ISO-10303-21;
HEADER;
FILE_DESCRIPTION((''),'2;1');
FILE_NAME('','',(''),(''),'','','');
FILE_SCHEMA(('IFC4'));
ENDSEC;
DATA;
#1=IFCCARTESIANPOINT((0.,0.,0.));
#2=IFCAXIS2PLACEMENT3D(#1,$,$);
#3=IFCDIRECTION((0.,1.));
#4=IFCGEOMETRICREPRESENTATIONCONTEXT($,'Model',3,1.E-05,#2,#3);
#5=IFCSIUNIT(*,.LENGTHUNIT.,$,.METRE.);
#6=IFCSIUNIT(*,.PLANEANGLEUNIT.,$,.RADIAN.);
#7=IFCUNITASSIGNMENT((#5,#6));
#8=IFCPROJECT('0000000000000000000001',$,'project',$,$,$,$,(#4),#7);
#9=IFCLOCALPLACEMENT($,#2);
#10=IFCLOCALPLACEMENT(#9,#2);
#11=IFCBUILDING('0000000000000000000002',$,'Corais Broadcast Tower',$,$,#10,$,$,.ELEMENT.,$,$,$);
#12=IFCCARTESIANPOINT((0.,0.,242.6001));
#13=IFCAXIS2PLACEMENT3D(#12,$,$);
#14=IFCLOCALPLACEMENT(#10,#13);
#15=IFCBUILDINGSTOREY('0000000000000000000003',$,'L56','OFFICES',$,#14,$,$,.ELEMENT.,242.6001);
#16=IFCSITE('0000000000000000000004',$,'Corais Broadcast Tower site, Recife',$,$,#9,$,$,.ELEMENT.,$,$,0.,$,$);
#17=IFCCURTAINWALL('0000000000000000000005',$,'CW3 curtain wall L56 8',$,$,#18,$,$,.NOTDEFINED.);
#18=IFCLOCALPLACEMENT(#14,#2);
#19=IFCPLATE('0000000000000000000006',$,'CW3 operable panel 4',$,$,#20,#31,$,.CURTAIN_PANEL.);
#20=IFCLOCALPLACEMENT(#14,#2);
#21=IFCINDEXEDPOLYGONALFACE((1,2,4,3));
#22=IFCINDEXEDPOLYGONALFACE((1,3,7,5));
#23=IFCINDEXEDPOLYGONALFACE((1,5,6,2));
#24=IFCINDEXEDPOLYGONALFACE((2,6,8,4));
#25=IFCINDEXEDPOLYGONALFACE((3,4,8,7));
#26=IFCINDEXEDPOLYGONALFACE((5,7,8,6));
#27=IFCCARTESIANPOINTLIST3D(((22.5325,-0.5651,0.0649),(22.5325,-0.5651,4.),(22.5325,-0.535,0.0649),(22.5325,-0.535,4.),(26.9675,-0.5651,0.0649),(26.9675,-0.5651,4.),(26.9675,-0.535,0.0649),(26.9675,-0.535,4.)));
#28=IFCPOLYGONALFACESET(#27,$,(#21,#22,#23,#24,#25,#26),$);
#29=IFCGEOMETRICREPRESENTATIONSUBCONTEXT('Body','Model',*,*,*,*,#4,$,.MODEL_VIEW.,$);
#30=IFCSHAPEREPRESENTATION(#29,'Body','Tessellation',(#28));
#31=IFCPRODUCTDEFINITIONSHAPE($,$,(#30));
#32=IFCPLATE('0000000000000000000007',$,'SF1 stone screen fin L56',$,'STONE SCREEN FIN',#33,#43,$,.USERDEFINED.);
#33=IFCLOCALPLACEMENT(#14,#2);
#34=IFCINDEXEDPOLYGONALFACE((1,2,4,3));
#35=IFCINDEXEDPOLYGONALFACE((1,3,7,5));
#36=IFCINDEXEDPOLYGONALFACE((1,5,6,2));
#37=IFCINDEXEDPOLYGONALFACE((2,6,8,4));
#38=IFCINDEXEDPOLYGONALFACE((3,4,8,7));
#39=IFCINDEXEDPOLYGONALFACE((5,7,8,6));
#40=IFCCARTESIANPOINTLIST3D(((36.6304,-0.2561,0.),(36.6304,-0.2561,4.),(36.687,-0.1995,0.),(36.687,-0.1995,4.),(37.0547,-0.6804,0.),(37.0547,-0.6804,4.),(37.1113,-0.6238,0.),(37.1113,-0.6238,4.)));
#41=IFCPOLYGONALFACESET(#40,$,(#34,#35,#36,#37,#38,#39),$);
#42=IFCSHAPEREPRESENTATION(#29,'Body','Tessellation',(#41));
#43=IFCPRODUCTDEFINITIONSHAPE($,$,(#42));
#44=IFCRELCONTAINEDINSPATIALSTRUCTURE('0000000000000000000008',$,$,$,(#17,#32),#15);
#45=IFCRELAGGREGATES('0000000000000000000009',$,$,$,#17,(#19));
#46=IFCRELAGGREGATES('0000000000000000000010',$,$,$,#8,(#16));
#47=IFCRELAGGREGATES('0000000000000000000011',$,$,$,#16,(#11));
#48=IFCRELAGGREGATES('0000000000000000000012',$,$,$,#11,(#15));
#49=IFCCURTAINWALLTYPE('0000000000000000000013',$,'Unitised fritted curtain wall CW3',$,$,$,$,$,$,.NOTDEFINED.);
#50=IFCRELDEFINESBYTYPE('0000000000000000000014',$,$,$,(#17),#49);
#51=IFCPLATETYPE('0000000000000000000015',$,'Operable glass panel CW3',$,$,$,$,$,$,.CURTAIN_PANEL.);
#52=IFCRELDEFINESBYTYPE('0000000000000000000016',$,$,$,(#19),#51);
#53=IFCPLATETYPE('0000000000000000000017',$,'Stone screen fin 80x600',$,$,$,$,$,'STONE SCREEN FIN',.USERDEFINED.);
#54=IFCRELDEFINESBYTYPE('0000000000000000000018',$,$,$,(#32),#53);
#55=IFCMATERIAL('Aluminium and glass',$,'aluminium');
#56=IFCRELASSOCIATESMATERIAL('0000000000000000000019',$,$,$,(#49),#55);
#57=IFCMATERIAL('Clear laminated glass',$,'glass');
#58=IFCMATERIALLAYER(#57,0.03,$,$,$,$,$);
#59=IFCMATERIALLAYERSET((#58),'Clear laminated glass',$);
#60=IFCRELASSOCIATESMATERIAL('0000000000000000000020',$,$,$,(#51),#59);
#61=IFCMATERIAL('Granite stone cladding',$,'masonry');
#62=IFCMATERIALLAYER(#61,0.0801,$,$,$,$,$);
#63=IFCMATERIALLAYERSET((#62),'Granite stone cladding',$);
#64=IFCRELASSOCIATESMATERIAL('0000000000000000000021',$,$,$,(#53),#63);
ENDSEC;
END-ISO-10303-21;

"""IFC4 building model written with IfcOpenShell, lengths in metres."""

from ifc_helpers import new_model, si_unit, direction, frame, origin, origin_2d, place, context, subcontext, project, spatial, rectangle, extrude, material, layer, layer_set, type_object, element, aggregate, save


model = new_model("IFC4")

# Units and contexts
model_context = context("Model", 3, precision=1e-05, world=origin(), true_north=direction((0.0, 1.0)))
body_context = subcontext(model_context, "Body", "Model", "MODEL_VIEW")
ifc_project = project(units=[si_unit("LENGTHUNIT", "METRE"), si_unit("PLANEANGLEUNIT", "RADIAN")], contexts=[model_context])

# Site, building, storey
site_placement = place(None, origin())
site = spatial("IfcSite", under=ifc_project, at=site_placement, Name="Corais Broadcast Tower site, Recife", CompositionType="ELEMENT", RefElevation=0.0)
building_placement = place(site_placement, origin())
building = spatial("IfcBuilding", under=site, at=building_placement, Name="Corais Broadcast Tower", CompositionType="ELEMENT")
storey_placement = place(building_placement, frame((0.0, 0.0, 242.6001)))
storey = spatial("IfcBuildingStorey", under=building, at=storey_placement, Name="L56", Description="OFFICES", CompositionType="ELEMENT", Elevation=242.6001)

# Shared definitions
ifc_material_1 = material(Name="Aluminium and glass", Category="aluminium")
curtain_wall_type = type_object("IfcCurtainWallType", Name="Unitised fritted curtain wall CW3", PredefinedType="NOTDEFINED", material=ifc_material_1)

# Curtain wall
curtain_wall_1_placement = place(storey_placement, origin())
curtain_wall_1 = element("IfcCurtainWall", 1, at=curtain_wall_1_placement, inside=storey, type_object=curtain_wall_type, Name="CW3 curtain wall L56 8", PredefinedType="NOTDEFINED")

# Plates
ifc_material_2 = material(Name="Clear laminated glass", Category="glass")
ifc_layer_1 = layer(ifc_material_2, 0.03)
ifc_layer_set_1 = layer_set([ifc_layer_1], Name="Clear laminated glass")
plate_type_1 = type_object("IfcPlateType", Name="Operable glass panel CW3", PredefinedType="CURTAIN_PANEL", material=ifc_layer_set_1)
plate_1_placement = place(storey_placement, frame((24.75, -0.55, 0.0649), z_axis=(0.0, 0.0, 1.0), x_axis=(-1.0, 0.0, 0.0)))
plate_1 = element("IfcPlate", 2, at=plate_1_placement, type_object=plate_type_1, Name="CW3 operable panel 4", PredefinedType="CURTAIN_PANEL", context=body_context, shape_type="SweptSolid", body=[
    extrude(rectangle(XDim=4.4351, YDim=0.03, at=origin_2d()), origin(), (0.0, 0.0, 1.0), 3.9351),
])
aggregate(curtain_wall_1, [plate_1])
ifc_material_3 = material(Name="Granite stone cladding", Category="masonry")
ifc_layer_2 = layer(ifc_material_3, 0.0801)
ifc_layer_set_2 = layer_set([ifc_layer_2], Name="Granite stone cladding")
plate_type_2 = type_object("IfcPlateType", Name="Stone screen fin 80x600", ElementType="STONE SCREEN FIN", PredefinedType="USERDEFINED", material=ifc_layer_set_2)
plate_2_placement = place(storey_placement, frame((36.8708, -0.4399, 0.0), z_axis=(0.0, 0.0, 1.0), x_axis=(-0.707107, -0.707107, 0.0)))
element("IfcPlate", 3, at=plate_2_placement, inside=storey, type_object=plate_type_2, Name="SF1 stone screen fin L56", ObjectType="STONE SCREEN FIN", PredefinedType="USERDEFINED", context=body_context, shape_type="SweptSolid", body=[
    extrude(rectangle(XDim=0.0801, YDim=0.6001, at=origin_2d()), origin(), (0.0, 0.0, 1.0), 4.0),
])

save(model, "model.ifc")
